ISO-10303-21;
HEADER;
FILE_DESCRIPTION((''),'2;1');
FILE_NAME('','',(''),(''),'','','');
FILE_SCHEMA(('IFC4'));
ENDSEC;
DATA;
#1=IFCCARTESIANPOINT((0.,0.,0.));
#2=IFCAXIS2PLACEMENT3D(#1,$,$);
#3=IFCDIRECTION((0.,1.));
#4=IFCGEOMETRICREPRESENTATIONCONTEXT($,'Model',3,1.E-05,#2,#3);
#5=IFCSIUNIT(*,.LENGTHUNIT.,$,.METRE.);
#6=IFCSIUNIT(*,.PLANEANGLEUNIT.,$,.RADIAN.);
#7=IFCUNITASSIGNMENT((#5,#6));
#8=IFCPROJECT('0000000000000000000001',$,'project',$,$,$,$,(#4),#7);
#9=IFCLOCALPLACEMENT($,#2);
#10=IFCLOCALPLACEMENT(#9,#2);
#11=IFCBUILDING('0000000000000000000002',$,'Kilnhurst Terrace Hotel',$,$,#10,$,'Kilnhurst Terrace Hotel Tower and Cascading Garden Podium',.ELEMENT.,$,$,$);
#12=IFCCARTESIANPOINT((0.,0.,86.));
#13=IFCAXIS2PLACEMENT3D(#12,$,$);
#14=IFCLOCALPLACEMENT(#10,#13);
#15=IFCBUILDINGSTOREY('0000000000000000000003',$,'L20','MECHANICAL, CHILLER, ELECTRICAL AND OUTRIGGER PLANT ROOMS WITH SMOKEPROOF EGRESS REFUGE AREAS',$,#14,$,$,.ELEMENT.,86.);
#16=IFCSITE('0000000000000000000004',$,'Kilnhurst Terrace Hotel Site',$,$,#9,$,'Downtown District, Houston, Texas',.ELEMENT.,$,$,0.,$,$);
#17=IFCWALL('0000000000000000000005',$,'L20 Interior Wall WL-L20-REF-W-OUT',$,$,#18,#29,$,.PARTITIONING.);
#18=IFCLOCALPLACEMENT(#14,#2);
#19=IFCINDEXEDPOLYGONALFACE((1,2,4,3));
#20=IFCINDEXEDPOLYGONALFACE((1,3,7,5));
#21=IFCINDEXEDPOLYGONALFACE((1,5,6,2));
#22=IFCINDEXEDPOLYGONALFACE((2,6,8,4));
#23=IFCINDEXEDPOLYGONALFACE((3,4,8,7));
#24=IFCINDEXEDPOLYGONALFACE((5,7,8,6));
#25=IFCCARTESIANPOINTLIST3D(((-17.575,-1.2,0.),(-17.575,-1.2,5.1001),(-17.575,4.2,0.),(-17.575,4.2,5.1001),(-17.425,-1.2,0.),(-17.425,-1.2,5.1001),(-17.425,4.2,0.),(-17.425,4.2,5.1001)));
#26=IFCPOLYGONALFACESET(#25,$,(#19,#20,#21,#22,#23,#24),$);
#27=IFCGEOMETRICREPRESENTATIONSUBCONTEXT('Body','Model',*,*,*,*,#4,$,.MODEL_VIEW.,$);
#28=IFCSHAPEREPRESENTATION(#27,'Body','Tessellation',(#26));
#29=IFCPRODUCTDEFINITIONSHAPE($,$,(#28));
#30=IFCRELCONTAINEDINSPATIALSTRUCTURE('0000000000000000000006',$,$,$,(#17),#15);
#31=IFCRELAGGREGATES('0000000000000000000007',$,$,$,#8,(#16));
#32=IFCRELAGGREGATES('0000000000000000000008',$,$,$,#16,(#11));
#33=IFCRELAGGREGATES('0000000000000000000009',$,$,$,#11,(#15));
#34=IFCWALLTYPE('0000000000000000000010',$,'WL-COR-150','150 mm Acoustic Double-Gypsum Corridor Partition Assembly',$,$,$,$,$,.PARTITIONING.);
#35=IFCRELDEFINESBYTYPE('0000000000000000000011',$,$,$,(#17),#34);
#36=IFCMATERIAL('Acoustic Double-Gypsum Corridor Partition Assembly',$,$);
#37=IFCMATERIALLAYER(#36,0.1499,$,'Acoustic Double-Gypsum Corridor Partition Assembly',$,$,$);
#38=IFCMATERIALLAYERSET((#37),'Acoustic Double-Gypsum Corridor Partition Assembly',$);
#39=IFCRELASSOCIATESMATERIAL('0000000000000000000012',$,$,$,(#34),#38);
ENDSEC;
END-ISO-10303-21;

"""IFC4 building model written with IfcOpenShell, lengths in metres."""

from ifc_helpers import new_model, si_unit, direction, frame, frame_2d, origin, place, context, subcontext, project, spatial, rectangle, extrude, material, layer, layer_set, type_object, element, save


model = new_model("IFC4")

# Units and contexts
model_context = context("Model", 3, precision=1e-05, world=origin(), true_north=direction((0.0, 1.0)))
body_context = subcontext(model_context, "Body", "Model", "MODEL_VIEW")
ifc_project = project(units=[si_unit("LENGTHUNIT", "METRE"), si_unit("PLANEANGLEUNIT", "RADIAN")], contexts=[model_context])

# Site, building, storey
site_placement = place(None, origin())
site = spatial("IfcSite", under=ifc_project, at=site_placement, Name="Kilnhurst Terrace Hotel Site", LongName="Downtown District, Houston, Texas", CompositionType="ELEMENT", RefElevation=0.0)
building_placement = place(site_placement, origin())
building = spatial("IfcBuilding", under=site, at=building_placement, Name="Kilnhurst Terrace Hotel", LongName="Kilnhurst Terrace Hotel Tower and Cascading Garden Podium", CompositionType="ELEMENT")
storey_placement = place(building_placement, frame((0.0, 0.0, 86.0)))
storey = spatial("IfcBuildingStorey", under=building, at=storey_placement, Name="L20", Description="MECHANICAL, CHILLER, ELECTRICAL AND OUTRIGGER PLANT ROOMS WITH SMOKEPROOF EGRESS REFUGE AREAS", CompositionType="ELEMENT", Elevation=86.0)

# Wall
ifc_material_1 = material(Name="Acoustic Double-Gypsum Corridor Partition Assembly")
ifc_layer_1 = layer(ifc_material_1, 0.1499, Name="Acoustic Double-Gypsum Corridor Partition Assembly")
ifc_layer_set_1 = layer_set([ifc_layer_1], Name="Acoustic Double-Gypsum Corridor Partition Assembly")
wall_type_1 = type_object("IfcWallType", Name="WL-COR-150", Description="150 mm Acoustic Double-Gypsum Corridor Partition Assembly", PredefinedType="PARTITIONING", material=ifc_layer_set_1)
wall_1_placement = place(storey_placement, frame((-17.5, -1.2, 0.0), z_axis=(0.0, 0.0, 1.0), x_axis=(0.0, 1.0, 0.0)))
element("IfcWall", 1, at=wall_1_placement, inside=storey, type_object=wall_type_1, Name="L20 Interior Wall WL-L20-REF-W-OUT", PredefinedType="PARTITIONING", context=body_context, shape_type="SweptSolid", body=[
    extrude(rectangle(XDim=5.3999, YDim=0.1499, at=frame_2d((2.7, 0.0))), origin(), (0.0, 0.0, 1.0), 5.1001),
])

save(model, "model.ifc")
